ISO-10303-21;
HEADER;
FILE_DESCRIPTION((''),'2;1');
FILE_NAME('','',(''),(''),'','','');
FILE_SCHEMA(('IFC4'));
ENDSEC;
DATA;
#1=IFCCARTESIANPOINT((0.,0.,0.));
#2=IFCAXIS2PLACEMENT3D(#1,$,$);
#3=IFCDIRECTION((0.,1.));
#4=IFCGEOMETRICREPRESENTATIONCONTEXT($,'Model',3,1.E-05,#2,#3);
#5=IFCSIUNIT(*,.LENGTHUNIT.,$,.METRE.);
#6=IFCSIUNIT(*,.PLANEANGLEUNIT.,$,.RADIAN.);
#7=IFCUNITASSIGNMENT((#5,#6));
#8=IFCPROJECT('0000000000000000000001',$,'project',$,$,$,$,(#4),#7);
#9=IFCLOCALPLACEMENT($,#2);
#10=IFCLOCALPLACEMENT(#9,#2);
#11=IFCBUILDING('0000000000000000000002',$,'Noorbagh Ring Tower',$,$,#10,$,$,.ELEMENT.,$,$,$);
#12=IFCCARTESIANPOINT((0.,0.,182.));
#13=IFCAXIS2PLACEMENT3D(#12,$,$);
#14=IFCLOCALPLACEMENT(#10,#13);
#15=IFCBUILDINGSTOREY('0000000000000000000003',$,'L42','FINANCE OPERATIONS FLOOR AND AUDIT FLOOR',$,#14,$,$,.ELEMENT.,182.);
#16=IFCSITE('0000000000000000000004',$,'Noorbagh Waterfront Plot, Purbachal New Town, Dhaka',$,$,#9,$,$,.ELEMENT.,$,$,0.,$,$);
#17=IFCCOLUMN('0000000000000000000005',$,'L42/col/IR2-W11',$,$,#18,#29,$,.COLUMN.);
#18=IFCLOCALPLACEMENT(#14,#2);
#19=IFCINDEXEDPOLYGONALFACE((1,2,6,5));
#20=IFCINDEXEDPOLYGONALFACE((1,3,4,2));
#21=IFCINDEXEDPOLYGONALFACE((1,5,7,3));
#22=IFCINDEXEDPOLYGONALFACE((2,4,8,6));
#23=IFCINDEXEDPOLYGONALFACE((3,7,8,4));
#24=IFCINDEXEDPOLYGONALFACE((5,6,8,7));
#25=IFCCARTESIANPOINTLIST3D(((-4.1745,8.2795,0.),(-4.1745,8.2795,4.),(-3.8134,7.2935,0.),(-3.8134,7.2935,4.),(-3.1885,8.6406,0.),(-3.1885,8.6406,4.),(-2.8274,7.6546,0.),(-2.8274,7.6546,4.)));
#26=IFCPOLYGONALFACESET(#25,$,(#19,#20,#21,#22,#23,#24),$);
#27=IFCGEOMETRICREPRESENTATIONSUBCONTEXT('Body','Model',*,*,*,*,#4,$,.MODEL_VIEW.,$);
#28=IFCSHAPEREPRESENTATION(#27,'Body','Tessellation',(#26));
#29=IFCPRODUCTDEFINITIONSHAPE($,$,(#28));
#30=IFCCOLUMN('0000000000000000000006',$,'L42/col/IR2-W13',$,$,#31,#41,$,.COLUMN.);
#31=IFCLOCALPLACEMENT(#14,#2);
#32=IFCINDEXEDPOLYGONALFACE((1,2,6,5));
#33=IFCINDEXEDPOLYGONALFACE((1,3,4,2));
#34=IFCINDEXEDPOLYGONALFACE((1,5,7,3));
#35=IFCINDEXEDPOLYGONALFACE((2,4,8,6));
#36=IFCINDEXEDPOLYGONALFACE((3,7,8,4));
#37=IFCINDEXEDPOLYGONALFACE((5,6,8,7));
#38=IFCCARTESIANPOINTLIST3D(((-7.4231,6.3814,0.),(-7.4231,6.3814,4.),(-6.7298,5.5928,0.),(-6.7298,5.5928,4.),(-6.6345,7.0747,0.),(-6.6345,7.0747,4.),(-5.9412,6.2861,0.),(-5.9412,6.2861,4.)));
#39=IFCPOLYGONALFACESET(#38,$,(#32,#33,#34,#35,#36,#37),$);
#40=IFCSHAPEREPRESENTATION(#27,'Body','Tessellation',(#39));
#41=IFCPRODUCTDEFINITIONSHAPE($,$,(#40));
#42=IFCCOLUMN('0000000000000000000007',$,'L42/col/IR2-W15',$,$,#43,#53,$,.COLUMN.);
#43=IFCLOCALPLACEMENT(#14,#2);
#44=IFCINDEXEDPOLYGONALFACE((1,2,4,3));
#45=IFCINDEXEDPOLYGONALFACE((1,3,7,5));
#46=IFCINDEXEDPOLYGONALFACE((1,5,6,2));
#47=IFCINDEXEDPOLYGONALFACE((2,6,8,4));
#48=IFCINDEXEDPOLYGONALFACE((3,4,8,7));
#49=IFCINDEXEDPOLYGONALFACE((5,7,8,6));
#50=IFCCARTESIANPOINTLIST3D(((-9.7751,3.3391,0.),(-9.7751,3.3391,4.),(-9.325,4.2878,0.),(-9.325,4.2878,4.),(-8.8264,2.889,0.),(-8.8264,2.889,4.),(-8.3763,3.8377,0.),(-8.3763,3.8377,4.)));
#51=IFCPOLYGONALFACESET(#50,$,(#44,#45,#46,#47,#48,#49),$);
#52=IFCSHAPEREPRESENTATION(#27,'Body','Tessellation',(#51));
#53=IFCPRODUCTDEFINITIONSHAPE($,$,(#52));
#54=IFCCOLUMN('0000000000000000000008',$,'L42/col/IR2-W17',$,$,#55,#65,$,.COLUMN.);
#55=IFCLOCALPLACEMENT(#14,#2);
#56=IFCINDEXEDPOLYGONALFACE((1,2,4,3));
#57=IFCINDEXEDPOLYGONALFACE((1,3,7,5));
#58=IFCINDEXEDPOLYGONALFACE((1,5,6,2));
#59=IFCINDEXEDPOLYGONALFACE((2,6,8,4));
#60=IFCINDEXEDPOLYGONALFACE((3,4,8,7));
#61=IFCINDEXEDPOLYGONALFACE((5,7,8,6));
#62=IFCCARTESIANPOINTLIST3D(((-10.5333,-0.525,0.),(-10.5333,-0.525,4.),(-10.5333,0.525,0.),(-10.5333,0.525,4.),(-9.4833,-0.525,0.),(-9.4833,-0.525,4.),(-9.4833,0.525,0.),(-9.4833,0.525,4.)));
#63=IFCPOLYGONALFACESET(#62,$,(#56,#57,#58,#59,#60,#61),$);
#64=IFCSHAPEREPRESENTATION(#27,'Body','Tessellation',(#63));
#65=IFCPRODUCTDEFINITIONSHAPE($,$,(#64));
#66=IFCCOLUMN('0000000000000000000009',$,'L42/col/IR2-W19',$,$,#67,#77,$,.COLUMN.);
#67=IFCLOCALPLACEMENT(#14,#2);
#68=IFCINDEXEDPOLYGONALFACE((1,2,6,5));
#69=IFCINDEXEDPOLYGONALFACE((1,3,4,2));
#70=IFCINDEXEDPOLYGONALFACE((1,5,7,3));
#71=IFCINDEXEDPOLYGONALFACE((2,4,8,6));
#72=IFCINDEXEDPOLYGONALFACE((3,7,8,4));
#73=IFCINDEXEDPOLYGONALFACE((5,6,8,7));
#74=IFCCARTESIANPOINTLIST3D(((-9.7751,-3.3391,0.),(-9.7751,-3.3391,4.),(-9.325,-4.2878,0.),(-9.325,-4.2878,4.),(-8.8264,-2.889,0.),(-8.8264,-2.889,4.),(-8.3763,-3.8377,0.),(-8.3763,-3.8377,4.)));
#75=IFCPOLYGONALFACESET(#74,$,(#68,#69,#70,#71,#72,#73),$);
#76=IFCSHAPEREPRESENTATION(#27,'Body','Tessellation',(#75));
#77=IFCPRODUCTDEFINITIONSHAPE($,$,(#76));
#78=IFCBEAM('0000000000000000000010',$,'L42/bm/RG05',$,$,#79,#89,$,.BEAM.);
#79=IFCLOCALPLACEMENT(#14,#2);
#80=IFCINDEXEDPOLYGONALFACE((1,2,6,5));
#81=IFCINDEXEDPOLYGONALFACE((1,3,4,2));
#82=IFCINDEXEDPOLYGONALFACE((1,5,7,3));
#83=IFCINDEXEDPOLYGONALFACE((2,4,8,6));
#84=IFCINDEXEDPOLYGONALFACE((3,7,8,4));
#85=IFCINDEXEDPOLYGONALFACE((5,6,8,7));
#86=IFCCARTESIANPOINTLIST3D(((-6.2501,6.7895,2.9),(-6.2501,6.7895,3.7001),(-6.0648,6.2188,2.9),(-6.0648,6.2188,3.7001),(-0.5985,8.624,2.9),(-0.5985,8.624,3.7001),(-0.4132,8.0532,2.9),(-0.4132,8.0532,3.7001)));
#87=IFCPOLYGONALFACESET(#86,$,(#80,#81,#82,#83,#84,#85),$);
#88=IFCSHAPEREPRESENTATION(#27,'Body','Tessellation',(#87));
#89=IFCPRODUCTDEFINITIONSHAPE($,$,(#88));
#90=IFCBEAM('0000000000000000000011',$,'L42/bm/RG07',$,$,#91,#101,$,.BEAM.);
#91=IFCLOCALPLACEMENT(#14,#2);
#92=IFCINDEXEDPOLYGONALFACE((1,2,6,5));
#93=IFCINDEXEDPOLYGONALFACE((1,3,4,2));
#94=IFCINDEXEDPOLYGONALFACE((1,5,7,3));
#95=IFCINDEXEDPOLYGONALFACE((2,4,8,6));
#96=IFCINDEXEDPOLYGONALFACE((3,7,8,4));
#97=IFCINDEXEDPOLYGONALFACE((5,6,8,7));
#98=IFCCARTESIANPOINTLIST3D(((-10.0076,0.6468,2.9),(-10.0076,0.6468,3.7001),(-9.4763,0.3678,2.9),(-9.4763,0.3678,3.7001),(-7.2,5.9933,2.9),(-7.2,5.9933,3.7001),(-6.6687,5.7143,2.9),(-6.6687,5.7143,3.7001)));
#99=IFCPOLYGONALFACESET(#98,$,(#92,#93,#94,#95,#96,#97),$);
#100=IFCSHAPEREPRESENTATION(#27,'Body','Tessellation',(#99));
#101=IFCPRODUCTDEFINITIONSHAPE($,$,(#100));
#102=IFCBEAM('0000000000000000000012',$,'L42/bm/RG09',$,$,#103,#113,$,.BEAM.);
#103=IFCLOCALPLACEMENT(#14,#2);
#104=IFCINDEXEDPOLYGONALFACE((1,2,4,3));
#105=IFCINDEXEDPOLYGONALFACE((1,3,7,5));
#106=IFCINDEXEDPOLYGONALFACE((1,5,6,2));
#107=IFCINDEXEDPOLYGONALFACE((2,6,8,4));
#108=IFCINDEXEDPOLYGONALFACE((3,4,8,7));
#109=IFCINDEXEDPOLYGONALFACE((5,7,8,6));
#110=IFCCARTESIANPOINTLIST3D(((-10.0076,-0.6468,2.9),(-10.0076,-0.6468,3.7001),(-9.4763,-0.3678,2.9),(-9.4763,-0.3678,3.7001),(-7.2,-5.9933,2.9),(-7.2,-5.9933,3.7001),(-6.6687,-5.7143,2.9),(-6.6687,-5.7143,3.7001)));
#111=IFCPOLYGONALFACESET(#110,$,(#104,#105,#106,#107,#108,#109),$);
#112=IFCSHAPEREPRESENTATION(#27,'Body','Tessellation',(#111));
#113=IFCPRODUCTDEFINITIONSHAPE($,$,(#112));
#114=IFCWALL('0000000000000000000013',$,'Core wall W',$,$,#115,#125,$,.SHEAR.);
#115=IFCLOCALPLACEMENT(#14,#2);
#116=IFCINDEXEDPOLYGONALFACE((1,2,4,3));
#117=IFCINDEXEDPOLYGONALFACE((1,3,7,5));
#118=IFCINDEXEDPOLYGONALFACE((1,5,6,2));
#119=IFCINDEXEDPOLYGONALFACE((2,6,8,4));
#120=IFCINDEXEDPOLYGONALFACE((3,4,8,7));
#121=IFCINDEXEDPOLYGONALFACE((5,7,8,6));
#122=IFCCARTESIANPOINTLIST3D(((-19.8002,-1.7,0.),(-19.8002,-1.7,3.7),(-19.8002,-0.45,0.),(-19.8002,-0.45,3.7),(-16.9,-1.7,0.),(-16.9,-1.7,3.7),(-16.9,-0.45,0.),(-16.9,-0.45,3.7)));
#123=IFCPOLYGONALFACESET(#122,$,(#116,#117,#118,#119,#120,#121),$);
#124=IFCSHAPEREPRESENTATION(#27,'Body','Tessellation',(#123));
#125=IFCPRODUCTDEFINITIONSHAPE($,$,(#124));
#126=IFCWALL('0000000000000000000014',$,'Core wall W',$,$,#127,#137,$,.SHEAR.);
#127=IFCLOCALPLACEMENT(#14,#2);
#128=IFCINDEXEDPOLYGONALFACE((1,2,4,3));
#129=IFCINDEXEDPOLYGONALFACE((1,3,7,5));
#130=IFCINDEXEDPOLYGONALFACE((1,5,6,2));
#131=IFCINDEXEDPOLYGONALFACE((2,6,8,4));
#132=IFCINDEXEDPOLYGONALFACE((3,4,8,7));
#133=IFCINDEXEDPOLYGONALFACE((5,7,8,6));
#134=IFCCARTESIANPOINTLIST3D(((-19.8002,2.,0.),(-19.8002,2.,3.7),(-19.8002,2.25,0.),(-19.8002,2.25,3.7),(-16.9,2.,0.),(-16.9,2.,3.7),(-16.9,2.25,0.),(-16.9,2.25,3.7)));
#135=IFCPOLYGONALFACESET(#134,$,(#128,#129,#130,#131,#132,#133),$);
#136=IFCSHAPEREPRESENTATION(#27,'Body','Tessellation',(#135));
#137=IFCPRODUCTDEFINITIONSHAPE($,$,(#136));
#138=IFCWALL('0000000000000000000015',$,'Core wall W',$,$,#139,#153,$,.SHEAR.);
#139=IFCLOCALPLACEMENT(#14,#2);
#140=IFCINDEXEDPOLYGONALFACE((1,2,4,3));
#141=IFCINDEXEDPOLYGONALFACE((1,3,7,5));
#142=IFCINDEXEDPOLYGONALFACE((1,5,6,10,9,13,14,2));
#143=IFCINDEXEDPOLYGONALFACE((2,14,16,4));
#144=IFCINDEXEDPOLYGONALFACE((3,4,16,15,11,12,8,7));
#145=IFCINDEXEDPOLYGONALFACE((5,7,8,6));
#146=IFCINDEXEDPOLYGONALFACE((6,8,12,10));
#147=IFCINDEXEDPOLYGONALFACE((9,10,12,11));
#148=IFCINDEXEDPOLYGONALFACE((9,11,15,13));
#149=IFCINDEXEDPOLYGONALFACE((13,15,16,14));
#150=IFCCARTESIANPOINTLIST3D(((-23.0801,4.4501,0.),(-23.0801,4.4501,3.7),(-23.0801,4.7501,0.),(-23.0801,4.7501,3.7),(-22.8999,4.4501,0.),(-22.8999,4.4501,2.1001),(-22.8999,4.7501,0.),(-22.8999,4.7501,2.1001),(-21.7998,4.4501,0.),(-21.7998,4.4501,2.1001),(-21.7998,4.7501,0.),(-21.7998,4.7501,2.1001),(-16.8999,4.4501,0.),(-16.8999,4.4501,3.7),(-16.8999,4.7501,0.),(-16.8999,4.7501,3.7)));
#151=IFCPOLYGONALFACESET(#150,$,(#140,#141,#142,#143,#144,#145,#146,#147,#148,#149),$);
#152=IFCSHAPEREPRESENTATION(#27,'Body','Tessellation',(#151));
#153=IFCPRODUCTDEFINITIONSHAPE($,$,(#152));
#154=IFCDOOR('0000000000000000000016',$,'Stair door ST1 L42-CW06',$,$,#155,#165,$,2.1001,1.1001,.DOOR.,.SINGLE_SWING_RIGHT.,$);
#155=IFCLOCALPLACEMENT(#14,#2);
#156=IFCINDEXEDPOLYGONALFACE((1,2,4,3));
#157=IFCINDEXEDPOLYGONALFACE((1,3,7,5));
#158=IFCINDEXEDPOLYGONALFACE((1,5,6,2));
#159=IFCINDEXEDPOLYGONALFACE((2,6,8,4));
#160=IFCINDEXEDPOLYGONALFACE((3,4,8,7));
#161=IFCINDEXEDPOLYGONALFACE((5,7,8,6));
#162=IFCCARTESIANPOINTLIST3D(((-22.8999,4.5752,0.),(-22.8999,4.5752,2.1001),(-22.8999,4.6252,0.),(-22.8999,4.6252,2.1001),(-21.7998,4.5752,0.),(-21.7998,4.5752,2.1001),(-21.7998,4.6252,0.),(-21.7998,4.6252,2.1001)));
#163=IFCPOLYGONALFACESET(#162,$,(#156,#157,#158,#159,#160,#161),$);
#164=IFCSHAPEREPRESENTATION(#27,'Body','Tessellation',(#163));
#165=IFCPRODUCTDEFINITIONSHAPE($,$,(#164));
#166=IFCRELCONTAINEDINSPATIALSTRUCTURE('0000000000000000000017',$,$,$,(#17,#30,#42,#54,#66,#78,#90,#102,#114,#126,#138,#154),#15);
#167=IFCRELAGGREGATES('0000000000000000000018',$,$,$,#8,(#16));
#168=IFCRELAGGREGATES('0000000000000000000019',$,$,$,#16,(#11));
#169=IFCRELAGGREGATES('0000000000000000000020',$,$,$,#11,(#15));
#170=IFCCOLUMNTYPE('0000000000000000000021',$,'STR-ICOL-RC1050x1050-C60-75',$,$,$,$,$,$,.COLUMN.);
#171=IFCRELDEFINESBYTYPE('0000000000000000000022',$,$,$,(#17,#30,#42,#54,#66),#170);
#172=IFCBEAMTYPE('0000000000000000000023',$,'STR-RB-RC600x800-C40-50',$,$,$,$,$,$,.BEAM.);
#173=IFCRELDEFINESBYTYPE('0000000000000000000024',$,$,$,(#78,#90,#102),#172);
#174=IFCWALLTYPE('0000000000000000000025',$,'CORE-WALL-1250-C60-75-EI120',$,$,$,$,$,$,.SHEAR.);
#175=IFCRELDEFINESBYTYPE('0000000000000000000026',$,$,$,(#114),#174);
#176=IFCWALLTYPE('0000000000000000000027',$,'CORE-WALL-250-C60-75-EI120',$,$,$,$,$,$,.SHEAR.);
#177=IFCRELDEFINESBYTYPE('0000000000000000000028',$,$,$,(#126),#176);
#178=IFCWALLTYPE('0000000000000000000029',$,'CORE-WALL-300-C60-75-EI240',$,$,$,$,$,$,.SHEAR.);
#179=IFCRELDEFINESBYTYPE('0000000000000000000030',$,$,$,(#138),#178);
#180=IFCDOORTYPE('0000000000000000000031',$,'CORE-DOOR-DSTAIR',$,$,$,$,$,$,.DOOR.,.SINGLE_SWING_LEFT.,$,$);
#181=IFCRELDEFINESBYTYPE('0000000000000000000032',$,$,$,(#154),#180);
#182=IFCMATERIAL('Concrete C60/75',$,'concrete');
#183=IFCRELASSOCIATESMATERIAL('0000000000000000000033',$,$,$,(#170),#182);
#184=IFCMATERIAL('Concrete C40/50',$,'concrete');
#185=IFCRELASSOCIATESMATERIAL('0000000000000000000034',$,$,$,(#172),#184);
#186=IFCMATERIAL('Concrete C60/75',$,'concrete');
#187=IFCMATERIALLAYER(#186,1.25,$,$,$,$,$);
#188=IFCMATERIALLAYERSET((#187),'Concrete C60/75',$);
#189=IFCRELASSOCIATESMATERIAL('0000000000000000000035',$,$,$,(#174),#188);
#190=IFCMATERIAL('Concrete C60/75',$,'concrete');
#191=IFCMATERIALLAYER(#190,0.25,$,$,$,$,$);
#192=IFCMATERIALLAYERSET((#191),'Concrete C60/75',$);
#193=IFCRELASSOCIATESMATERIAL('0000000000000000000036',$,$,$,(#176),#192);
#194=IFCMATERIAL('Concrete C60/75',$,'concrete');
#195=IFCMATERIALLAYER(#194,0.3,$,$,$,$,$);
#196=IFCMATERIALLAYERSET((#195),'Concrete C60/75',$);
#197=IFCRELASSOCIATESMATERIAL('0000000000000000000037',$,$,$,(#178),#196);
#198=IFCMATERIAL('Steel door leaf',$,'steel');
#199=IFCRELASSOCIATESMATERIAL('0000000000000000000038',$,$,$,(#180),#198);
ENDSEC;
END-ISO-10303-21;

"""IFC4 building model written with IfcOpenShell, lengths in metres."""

from ifc_helpers import new_model, si_unit, direction, frame, frame_2d, origin, origin_2d, place, context, subcontext, project, spatial, rectangle, extrude, material, layer, layer_set, material_profile, profile_set, type_object, element, fill, save


model = new_model("IFC4")

# Units and contexts
model_context = context("Model", 3, precision=1e-05, world=origin(), true_north=direction((0.0, 1.0)))
body_context = subcontext(model_context, "Body", "Model", "MODEL_VIEW")
ifc_project = project(units=[si_unit("LENGTHUNIT", "METRE"), si_unit("PLANEANGLEUNIT", "RADIAN")], contexts=[model_context])

# Site, building, storey
site_placement = place(None, origin())
site = spatial("IfcSite", under=ifc_project, at=site_placement, Name="Noorbagh Waterfront Plot, Purbachal New Town, Dhaka", CompositionType="ELEMENT", RefElevation=0.0)
building_placement = place(site_placement, origin())
building = spatial("IfcBuilding", under=site, at=building_placement, Name="Noorbagh Ring Tower", CompositionType="ELEMENT")
storey_placement = place(building_placement, frame((0.0, 0.0, 182.0)))
storey = spatial("IfcBuildingStorey", under=building, at=storey_placement, Name="L42", Description="FINANCE OPERATIONS FLOOR AND AUDIT FLOOR", CompositionType="ELEMENT", Elevation=182.0)

# Columns
ifc_material_1 = material(Name="Concrete C60/75", Category="concrete")
ifc_material_profile_1 = material_profile(ifc_material_1, rectangle(XDim=1.05, YDim=1.05, at=origin_2d()), Name="RC1050x1050")
ifc_profile_set_1 = profile_set([ifc_material_profile_1], Name="Concrete C60/75")
column_type = type_object("IfcColumnType", Name="STR-ICOL-RC1050x1050-C60-75", PredefinedType="COLUMN", material=ifc_profile_set_1)
for number, where, z_axis, x_axis, name in (
    (1, (-3.501, 7.967, 0.0), (0.0, 0.0, 1.0), (-0.93902, -0.343864, 0.0), "L42/col/IR2-W11"),
    (2, (-6.6821, 6.3337, 0.0), (0.0, 0.0, 1.0), (-0.751022, -0.660277, 0.0), "L42/col/IR2-W13"),
    (3, (-9.0757, 3.5884, 0.0), (0.0, 0.0, 1.0), (-0.428667, -0.903463, 0.0), "L42/col/IR2-W15"),
    (4, (-10.0083, 0.0, 0.0), (0.0, 0.0, 1.0), (0.0, -1.0, 0.0), "L42/col/IR2-W17"),
    (5, (-9.0757, -3.5884, 0.0), (0.0, 0.0, 1.0), (0.428667, -0.903463, 0.0), "L42/col/IR2-W19"),
):
    element("IfcColumn", number, at=place(storey_placement, frame(where, z_axis=z_axis, x_axis=x_axis)), inside=storey, type_object=column_type, Name=name, PredefinedType="COLUMN", context=body_context, shape_type="SweptSolid", body=[
        extrude(rectangle(XDim=1.05, YDim=1.05, at=origin_2d()), origin(), (0.0, 0.0, 1.0), 4.0),
    ])

# Beams
ifc_material_2 = material(Name="Concrete C40/50", Category="concrete")
ifc_material_profile_2 = material_profile(ifc_material_2, rectangle(XDim=0.6001, YDim=0.8, at=origin_2d()), Name="RC600x800")
ifc_profile_set_2 = profile_set([ifc_material_profile_2], Name="Concrete C40/50")
beam_type = type_object("IfcBeamType", Name="STR-RB-RC600x800-C40-50", PredefinedType="BEAM", material=ifc_profile_set_2)
beam_placement = place(storey_placement, frame((-0.5059, 8.3386, 3.3), z_axis=(-0.951148, -0.308736, 0.0), x_axis=(0.308736, -0.951148, 0.0)))
element("IfcBeam", 6, at=beam_placement, inside=storey, type_object=beam_type, Name="L42/bm/RG05", PredefinedType="BEAM", context=body_context, shape_type="SweptSolid", body=[
    extrude(rectangle(XDim=0.6001, YDim=0.8, at=origin_2d()), origin(), (0.0, 0.0, 1.0), 5.9419),
])
for number, where, z_axis, x_axis, name in (
    (7, (-6.9343, 5.8538, 3.3), (-0.46493, -0.885348, 0.0), (0.885348, -0.46493, 0.0), "L42/bm/RG07"),
    (8, (-9.7419, -0.5073, 3.3), (0.46493, -0.885348, 0.0), (0.885348, 0.46493, 0.0), "L42/bm/RG09"),
):
    element("IfcBeam", number, at=place(storey_placement, frame(where, z_axis=z_axis, x_axis=x_axis)), inside=storey, type_object=beam_type, Name=name, PredefinedType="BEAM", context=body_context, shape_type="SweptSolid", body=[
        extrude(rectangle(XDim=0.6001, YDim=0.8, at=origin_2d()), origin(), (0.0, 0.0, 1.0), 6.0388),
    ])

# Walls
ifc_material_3 = material(Name="Concrete C60/75", Category="concrete")
ifc_layer_1 = layer(ifc_material_3, 1.25)
ifc_layer_set_1 = layer_set([ifc_layer_1], Name="Concrete C60/75")
wall_type_1 = type_object("IfcWallType", Name="CORE-WALL-1250-C60-75-EI120", PredefinedType="SHEAR", material=ifc_layer_set_1)
wall_1_placement = place(storey_placement, frame((-16.8999, -1.075, 0.0), z_axis=(0.0, 0.0, 1.0), x_axis=(-1.0, 0.0, 0.0)))
element("IfcWall", 9, at=wall_1_placement, inside=storey, type_object=wall_type_1, Name="Core wall W", PredefinedType="SHEAR", context=body_context, shape_type="SweptSolid", body=[
    extrude(rectangle(XDim=2.9001, YDim=1.25, at=frame_2d((1.4502, 0.0))), origin(), (0.0, 0.0, 1.0), 3.7),
])
ifc_material_4 = material(Name="Concrete C60/75", Category="concrete")
ifc_layer_2 = layer(ifc_material_4, 0.25)
ifc_layer_set_2 = layer_set([ifc_layer_2], Name="Concrete C60/75")
wall_type_2 = type_object("IfcWallType", Name="CORE-WALL-250-C60-75-EI120", PredefinedType="SHEAR", material=ifc_layer_set_2)
wall_2_placement = place(storey_placement, frame((-16.8999, 2.125, 0.0), z_axis=(0.0, 0.0, 1.0), x_axis=(-1.0, 0.0, 0.0)))
element("IfcWall", 10, at=wall_2_placement, inside=storey, type_object=wall_type_2, Name="Core wall W", PredefinedType="SHEAR", context=body_context, shape_type="SweptSolid", body=[
    extrude(rectangle(XDim=2.9001, YDim=0.25, at=frame_2d((1.4502, 0.0))), origin(), (0.0, 0.0, 1.0), 3.7),
])

# Wall, opening, door
ifc_material_5 = material(Name="Concrete C60/75", Category="concrete")
ifc_layer_3 = layer(ifc_material_5, 0.3)
ifc_layer_set_3 = layer_set([ifc_layer_3], Name="Concrete C60/75")
wall_type_3 = type_object("IfcWallType", Name="CORE-WALL-300-C60-75-EI240", PredefinedType="SHEAR", material=ifc_layer_set_3)
wall_3_placement = place(storey_placement, frame((-16.8999, 4.6001, 0.0), z_axis=(0.0, 0.0, 1.0), x_axis=(-1.0, 0.0, 0.0)))
wall_3 = element("IfcWall", 11, at=wall_3_placement, inside=storey, type_object=wall_type_3, Name="Core wall W", PredefinedType="SHEAR", context=body_context, shape_type="SweptSolid", body=[
    extrude(rectangle(XDim=6.1802, YDim=0.3, at=frame_2d((3.0901, 0.0))), origin(), (0.0, 0.0, 1.0), 3.7),
])
opening_1_placement = place(wall_3_placement, frame((4.8999, 0.0, 0.0)))
opening_1 = element("IfcOpeningElement", 12, at=opening_1_placement, cuts=wall_3, PredefinedType="OPENING", context=body_context, shape_type="SweptSolid", body=[
    extrude(rectangle(XDim=1.1001, YDim=2.1001, at=frame_2d((0.55, 1.05))), frame((0.0, 0.1602, 0.0), z_axis=(0.0, -1.0, 0.0), x_axis=(1.0, 0.0, 0.0)), (0.0, 0.0, 1.0), 0.3201),
])
ifc_material_6 = material(Name="Steel door leaf", Category="steel")
door_type_1 = type_object("IfcDoorType", Name="CORE-DOOR-DSTAIR", OperationType="SINGLE_SWING_LEFT", PredefinedType="DOOR", material=ifc_material_6)
door_1_placement = place(opening_1_placement, origin())
door_1 = element("IfcDoor", 13, at=door_1_placement, inside=storey, type_object=door_type_1, Name="Stair door ST1 L42-CW06", OperationType="SINGLE_SWING_RIGHT", OverallHeight=2.1001, OverallWidth=1.1001, PredefinedType="DOOR", context=body_context, shape_type="SweptSolid", body=[
    extrude(rectangle(XDim=1.1001, YDim=2.1001, at=frame_2d((0.55, 1.05))), frame((0.0, 0.0249, 0.0), z_axis=(0.0, -1.0, 0.0), x_axis=(1.0, 0.0, 0.0)), (0.0, 0.0, 1.0), 0.05),
])
fill(opening_1, door_1)

save(model, "model.ifc")
